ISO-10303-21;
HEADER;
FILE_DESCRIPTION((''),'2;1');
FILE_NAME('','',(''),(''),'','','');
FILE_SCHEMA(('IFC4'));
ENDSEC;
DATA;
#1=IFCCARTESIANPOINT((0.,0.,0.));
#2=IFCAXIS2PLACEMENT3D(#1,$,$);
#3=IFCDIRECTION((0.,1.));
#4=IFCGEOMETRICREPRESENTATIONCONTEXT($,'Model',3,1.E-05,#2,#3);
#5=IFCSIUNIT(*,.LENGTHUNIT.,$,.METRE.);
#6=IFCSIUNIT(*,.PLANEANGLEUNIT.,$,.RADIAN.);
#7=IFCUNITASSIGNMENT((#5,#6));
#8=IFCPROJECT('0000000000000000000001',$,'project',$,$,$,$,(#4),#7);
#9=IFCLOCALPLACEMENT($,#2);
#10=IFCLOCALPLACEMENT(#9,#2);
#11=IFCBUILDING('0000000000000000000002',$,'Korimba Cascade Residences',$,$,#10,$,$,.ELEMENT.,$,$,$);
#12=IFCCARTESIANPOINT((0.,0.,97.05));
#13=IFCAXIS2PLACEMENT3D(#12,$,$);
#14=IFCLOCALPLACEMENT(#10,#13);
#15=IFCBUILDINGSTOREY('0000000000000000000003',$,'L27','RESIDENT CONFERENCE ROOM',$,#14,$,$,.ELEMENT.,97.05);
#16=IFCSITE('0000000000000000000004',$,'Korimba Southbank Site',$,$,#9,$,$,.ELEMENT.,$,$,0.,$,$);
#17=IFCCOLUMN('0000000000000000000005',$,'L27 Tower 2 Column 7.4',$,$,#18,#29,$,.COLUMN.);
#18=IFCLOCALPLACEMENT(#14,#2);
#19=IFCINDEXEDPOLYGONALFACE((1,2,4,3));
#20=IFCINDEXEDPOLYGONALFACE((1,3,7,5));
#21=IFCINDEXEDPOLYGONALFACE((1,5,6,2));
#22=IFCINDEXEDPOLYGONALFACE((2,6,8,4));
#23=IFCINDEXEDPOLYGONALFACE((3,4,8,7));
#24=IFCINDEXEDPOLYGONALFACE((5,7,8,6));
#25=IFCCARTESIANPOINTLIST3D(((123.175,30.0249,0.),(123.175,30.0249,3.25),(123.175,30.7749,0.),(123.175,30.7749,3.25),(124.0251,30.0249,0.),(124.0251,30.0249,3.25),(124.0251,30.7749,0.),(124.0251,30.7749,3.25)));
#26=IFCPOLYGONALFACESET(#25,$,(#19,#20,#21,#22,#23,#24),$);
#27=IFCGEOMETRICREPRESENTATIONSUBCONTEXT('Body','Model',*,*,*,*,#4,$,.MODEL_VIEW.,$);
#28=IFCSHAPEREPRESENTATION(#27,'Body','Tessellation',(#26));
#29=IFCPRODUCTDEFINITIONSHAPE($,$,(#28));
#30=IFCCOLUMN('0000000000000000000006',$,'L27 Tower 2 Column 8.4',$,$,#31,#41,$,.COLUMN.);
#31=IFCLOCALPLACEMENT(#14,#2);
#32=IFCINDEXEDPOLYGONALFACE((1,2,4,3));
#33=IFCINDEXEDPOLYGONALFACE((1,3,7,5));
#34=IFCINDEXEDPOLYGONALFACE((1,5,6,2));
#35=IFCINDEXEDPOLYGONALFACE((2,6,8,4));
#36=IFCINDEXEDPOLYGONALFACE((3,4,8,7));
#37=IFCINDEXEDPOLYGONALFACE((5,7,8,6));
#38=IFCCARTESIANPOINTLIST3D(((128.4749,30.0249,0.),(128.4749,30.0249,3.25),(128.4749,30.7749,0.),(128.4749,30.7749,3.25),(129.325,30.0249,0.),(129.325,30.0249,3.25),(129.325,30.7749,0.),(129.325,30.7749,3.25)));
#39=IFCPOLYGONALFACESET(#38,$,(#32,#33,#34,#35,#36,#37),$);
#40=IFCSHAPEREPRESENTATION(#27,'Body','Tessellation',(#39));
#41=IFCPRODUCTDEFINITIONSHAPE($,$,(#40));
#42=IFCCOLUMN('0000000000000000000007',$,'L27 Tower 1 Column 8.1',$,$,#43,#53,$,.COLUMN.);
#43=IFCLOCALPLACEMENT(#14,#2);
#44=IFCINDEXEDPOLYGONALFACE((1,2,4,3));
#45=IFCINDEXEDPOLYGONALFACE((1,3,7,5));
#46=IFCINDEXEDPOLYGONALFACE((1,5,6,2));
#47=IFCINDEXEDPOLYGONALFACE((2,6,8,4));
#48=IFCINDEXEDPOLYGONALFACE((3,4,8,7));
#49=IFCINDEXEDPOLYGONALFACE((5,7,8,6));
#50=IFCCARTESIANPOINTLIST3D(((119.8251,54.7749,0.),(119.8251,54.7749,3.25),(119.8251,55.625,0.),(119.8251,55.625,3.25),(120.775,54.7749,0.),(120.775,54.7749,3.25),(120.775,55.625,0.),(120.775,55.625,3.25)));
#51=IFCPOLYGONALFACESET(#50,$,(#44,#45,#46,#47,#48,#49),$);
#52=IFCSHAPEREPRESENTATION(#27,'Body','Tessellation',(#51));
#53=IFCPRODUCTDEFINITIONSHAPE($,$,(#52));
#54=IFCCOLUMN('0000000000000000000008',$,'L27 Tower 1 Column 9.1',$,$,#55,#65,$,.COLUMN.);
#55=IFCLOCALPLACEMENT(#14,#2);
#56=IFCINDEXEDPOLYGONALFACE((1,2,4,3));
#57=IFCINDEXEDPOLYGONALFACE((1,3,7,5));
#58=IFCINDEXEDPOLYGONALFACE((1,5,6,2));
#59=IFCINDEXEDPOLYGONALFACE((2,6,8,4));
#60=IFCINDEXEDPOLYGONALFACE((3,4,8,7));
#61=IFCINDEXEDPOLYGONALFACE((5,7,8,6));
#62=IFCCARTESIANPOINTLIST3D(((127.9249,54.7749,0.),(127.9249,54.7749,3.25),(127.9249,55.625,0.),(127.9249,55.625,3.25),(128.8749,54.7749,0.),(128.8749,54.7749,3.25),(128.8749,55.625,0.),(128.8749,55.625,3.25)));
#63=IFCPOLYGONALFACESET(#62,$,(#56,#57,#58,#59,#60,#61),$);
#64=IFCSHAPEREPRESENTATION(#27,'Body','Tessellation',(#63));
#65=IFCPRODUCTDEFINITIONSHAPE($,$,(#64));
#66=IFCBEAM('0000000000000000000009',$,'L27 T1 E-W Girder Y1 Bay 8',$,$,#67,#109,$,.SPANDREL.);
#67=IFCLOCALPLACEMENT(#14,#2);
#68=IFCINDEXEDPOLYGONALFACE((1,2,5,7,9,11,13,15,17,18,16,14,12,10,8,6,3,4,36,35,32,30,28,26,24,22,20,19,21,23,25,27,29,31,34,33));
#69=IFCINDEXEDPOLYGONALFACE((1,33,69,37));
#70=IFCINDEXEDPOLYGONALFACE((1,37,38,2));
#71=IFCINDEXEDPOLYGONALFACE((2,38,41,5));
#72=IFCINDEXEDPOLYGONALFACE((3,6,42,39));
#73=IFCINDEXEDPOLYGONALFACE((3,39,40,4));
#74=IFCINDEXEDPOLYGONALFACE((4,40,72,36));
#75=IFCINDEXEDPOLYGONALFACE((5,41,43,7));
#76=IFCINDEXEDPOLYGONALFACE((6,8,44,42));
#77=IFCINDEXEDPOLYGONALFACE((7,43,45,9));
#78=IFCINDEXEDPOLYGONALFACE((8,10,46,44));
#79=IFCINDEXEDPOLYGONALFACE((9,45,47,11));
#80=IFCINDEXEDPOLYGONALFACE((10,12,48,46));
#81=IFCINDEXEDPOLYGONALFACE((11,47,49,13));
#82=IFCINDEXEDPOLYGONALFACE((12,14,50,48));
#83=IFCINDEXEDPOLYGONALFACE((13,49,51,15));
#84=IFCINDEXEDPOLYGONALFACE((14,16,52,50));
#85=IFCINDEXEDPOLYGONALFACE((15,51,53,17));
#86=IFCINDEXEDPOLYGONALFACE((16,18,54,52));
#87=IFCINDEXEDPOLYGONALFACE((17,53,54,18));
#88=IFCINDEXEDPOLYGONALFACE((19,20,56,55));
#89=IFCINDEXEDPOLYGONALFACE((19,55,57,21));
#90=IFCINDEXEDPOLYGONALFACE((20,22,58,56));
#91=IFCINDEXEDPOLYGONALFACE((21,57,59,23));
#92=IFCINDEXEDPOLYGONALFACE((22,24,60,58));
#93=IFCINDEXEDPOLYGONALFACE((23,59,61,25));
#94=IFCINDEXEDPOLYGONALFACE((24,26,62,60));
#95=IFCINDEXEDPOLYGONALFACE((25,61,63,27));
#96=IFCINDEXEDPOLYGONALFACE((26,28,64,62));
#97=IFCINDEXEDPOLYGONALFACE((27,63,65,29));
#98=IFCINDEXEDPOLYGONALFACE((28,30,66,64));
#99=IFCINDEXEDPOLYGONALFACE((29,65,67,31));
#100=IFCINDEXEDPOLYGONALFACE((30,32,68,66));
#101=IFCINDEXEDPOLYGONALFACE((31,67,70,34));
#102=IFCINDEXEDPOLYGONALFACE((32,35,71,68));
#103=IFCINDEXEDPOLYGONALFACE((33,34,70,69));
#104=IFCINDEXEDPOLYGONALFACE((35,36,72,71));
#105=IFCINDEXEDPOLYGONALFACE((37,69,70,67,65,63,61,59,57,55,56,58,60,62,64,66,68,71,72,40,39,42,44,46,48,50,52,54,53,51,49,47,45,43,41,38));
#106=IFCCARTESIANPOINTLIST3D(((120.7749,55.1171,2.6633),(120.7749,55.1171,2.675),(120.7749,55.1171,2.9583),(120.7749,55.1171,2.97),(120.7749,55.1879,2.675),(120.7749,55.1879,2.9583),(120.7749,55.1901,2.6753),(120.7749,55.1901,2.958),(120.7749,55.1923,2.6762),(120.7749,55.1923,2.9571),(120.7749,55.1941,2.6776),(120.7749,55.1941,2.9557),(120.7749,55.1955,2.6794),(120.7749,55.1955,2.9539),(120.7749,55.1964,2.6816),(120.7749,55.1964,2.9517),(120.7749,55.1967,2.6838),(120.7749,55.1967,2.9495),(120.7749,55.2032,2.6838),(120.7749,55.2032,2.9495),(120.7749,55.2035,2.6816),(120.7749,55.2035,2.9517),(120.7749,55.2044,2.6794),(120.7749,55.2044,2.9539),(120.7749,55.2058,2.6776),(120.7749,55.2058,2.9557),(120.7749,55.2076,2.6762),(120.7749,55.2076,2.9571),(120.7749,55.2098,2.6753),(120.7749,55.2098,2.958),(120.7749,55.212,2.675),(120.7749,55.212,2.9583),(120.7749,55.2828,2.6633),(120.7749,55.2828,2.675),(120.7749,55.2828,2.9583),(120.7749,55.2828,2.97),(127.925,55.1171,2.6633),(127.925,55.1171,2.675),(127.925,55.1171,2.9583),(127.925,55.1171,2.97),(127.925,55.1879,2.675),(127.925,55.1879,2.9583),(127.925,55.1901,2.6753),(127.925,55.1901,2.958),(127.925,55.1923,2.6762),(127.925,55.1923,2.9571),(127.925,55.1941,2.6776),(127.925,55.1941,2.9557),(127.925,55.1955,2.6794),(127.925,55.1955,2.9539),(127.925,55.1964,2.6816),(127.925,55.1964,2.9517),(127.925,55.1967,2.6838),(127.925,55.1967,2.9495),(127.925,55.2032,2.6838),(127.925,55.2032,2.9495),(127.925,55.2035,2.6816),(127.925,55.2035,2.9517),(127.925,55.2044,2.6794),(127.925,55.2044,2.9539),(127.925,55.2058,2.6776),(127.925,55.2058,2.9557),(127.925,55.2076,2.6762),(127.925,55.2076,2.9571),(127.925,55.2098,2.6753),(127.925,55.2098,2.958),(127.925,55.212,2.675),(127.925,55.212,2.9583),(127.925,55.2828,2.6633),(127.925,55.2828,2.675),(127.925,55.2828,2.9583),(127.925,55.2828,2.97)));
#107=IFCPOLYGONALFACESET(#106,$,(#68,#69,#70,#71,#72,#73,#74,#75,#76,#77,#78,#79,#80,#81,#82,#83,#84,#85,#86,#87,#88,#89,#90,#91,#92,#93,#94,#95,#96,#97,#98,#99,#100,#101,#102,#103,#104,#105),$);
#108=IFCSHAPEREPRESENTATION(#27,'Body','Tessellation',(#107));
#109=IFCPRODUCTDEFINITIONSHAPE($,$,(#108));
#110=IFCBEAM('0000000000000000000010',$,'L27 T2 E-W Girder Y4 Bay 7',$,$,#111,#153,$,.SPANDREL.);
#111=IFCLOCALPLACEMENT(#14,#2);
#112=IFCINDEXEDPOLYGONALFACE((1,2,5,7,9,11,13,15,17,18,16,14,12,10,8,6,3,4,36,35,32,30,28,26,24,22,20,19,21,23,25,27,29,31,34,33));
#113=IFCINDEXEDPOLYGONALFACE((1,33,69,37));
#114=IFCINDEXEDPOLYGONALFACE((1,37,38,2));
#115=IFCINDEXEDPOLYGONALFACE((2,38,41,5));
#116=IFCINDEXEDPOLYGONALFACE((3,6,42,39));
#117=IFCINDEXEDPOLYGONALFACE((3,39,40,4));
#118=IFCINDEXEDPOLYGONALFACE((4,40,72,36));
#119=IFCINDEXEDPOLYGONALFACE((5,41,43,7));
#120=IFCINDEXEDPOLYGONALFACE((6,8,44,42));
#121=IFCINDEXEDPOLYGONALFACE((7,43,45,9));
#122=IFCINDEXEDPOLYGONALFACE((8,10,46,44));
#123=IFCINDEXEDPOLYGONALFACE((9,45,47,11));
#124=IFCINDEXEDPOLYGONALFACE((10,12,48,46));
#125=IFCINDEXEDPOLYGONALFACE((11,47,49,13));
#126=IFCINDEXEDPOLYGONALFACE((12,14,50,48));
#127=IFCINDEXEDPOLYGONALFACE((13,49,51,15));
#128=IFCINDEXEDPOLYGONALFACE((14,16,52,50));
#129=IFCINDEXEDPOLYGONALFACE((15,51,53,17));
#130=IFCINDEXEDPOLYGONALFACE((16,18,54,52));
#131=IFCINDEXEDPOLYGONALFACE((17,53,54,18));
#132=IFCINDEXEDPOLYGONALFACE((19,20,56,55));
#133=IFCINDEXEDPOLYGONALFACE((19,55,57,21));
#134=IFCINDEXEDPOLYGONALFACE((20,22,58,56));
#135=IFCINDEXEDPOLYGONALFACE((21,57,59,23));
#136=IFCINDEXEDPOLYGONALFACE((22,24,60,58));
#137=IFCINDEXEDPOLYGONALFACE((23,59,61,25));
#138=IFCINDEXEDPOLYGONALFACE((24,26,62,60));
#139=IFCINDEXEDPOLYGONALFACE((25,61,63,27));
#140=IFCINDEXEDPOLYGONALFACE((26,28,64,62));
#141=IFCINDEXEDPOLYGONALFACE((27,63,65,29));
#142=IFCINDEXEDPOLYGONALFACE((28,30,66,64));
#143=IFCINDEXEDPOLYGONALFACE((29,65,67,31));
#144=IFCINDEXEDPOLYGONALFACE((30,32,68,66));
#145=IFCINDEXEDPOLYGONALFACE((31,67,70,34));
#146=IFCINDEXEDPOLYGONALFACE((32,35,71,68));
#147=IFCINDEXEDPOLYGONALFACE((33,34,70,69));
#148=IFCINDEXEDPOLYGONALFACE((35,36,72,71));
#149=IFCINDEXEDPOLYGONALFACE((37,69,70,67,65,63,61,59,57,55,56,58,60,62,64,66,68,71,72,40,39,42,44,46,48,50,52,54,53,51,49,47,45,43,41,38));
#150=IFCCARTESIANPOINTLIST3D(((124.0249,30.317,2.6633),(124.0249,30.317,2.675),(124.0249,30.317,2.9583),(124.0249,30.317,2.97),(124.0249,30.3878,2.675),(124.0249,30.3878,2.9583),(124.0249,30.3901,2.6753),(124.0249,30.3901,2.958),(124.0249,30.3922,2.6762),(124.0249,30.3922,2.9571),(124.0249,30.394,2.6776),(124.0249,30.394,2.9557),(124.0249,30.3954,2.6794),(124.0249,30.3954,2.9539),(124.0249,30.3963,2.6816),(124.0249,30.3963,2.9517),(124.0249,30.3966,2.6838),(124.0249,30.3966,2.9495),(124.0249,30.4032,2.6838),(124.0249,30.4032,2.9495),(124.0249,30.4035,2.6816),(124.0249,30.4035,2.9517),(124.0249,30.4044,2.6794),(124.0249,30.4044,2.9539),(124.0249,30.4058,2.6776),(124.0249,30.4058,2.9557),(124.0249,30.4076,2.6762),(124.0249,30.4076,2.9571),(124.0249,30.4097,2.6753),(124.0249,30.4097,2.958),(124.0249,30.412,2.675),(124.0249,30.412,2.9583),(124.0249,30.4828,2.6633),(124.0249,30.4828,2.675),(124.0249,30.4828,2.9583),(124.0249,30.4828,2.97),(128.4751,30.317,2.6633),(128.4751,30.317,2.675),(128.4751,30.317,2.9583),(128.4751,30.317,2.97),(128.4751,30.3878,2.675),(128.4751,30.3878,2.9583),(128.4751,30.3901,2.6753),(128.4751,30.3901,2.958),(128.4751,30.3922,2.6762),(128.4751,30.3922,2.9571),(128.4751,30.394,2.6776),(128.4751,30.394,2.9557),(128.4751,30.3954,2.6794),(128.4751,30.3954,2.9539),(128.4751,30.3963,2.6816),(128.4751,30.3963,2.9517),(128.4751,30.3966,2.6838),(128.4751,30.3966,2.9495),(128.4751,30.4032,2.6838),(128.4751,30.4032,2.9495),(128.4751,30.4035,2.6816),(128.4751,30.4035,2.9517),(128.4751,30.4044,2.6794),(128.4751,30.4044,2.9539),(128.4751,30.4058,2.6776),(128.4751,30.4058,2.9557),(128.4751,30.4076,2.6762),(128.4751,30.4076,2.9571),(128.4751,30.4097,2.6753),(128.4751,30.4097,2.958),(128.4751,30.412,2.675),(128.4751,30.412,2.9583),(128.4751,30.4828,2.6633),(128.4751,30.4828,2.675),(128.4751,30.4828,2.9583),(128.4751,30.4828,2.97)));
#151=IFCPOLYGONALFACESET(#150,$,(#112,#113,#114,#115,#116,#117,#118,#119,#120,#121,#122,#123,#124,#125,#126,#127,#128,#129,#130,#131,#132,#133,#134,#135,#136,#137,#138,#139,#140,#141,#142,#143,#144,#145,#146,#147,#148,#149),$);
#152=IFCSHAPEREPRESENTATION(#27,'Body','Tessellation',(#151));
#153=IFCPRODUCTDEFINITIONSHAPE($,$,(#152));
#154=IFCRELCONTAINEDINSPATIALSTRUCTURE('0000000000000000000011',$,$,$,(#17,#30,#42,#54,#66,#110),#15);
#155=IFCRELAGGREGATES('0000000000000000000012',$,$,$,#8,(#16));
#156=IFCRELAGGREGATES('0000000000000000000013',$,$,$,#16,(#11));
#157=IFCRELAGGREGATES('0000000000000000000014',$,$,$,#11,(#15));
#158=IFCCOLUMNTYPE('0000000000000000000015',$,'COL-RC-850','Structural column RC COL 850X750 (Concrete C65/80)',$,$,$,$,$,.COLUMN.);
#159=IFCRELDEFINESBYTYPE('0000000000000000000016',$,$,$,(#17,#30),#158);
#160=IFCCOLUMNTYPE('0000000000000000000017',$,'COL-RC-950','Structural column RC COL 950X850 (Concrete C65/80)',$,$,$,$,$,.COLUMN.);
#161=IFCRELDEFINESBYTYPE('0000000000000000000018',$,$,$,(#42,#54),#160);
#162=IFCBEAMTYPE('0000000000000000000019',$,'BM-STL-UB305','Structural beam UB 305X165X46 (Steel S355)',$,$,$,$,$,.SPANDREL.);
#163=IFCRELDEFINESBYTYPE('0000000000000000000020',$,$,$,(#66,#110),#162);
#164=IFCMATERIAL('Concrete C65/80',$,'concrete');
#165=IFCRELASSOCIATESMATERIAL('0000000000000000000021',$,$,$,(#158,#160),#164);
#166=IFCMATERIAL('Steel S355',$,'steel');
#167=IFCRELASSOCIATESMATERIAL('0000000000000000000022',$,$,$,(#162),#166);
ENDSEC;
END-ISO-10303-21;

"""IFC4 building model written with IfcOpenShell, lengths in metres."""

from ifc_helpers import new_model, si_unit, direction, frame, origin, origin_2d, place, context, subcontext, project, spatial, rectangle, i_section, extrude, material, material_profile, profile_set, type_object, element, save


model = new_model("IFC4")

# Units and contexts
model_context = context("Model", 3, precision=1e-05, world=origin(), true_north=direction((0.0, 1.0)))
body_context = subcontext(model_context, "Body", "Model", "MODEL_VIEW")
ifc_project = project(units=[si_unit("LENGTHUNIT", "METRE"), si_unit("PLANEANGLEUNIT", "RADIAN")], contexts=[model_context])

# Site, building, storey
site_placement = place(None, origin())
site = spatial("IfcSite", under=ifc_project, at=site_placement, Name="Korimba Southbank Site", CompositionType="ELEMENT", RefElevation=0.0)
building_placement = place(site_placement, origin())
building = spatial("IfcBuilding", under=site, at=building_placement, Name="Korimba Cascade Residences", CompositionType="ELEMENT")
storey_placement = place(building_placement, frame((0.0, 0.0, 97.05)))
storey = spatial("IfcBuildingStorey", under=building, at=storey_placement, Name="L27", Description="RESIDENT CONFERENCE ROOM", CompositionType="ELEMENT", Elevation=97.05)

# Columns
ifc_material_1 = material(Name="Concrete C65/80", Category="concrete")
ifc_material_profile_1 = material_profile(ifc_material_1, rectangle(XDim=0.8501, YDim=0.75, at=origin_2d()), Name="Concrete C65/80")
ifc_profile_set_1 = profile_set([ifc_material_profile_1], Name="Concrete C65/80")
column_type_1 = type_object("IfcColumnType", Name="COL-RC-850", Description="Structural column RC COL 850X750 (Concrete C65/80)", PredefinedType="COLUMN", material=ifc_profile_set_1)
for number, where, z_axis, x_axis, name in (
    (1, (123.6001, 30.3999, 0.0), (0.0, 0.0, 1.0), (1.0, 0.0, 0.0), "L27 Tower 2 Column 7.4"),
    (2, (128.8999, 30.3999, 0.0), (0.0, 0.0, 1.0), (1.0, 0.0, 0.0), "L27 Tower 2 Column 8.4"),
):
    element("IfcColumn", number, at=place(storey_placement, frame(where, z_axis=z_axis, x_axis=x_axis)), inside=storey, type_object=column_type_1, Name=name, PredefinedType="COLUMN", context=body_context, shape_type="SweptSolid", body=[
        extrude(rectangle(XDim=0.8501, YDim=0.75, at=origin_2d()), origin(), (0.0, 0.0, 1.0), 3.25),
    ])
ifc_material_profile_2 = material_profile(ifc_material_1, rectangle(XDim=0.95, YDim=0.8501, at=origin_2d()), Name="Concrete C65/80")
ifc_profile_set_2 = profile_set([ifc_material_profile_2], Name="Concrete C65/80")
column_type_2 = type_object("IfcColumnType", Name="COL-RC-950", Description="Structural column RC COL 950X850 (Concrete C65/80)", PredefinedType="COLUMN", material=ifc_profile_set_2)
for number, where, z_axis, x_axis, name in (
    (3, (120.3, 55.2, 0.0), (0.0, 0.0, 1.0), (1.0, 0.0, 0.0), "L27 Tower 1 Column 8.1"),
    (4, (128.3999, 55.2, 0.0), (0.0, 0.0, 1.0), (1.0, 0.0, 0.0), "L27 Tower 1 Column 9.1"),
):
    element("IfcColumn", number, at=place(storey_placement, frame(where, z_axis=z_axis, x_axis=x_axis)), inside=storey, type_object=column_type_2, Name=name, PredefinedType="COLUMN", context=body_context, shape_type="SweptSolid", body=[
        extrude(rectangle(XDim=0.95, YDim=0.8501, at=origin_2d()), origin(), (0.0, 0.0, 1.0), 3.25),
    ])

# Beams
ifc_material_2 = material(Name="Steel S355", Category="steel")
ifc_material_profile_3 = material_profile(ifc_material_2, i_section(OverallWidth=0.1658, OverallDepth=0.3066, WebThickness=0.0066, FlangeThickness=0.0117, FilletRadius=0.0088, at=origin_2d()), Name="Steel S355")
ifc_profile_set_3 = profile_set([ifc_material_profile_3], Name="Steel S355")
beam_type_1 = type_object("IfcBeamType", Name="BM-STL-UB305", Description="Structural beam UB 305X165X46 (Steel S355)", PredefinedType="SPANDREL", material=ifc_profile_set_3)
beam_1_placement = place(storey_placement, frame((120.7749, 55.2, 2.8167), z_axis=(1.0, 0.0, 0.0), x_axis=(0.0, 1.0, 0.0)))
element("IfcBeam", 5, at=beam_1_placement, inside=storey, type_object=beam_type_1, Name="L27 T1 E-W Girder Y1 Bay 8", PredefinedType="SPANDREL", context=body_context, shape_type="SweptSolid", body=[
    extrude(i_section(OverallWidth=0.1658, OverallDepth=0.3066, WebThickness=0.0066, FlangeThickness=0.0117, FilletRadius=0.0088, at=origin_2d()), origin(), (0.0, 0.0, 1.0), 7.1501),
])
beam_2_placement = place(storey_placement, frame((124.0249, 30.3999, 2.8167), z_axis=(1.0, 0.0, 0.0), x_axis=(0.0, 1.0, 0.0)))
element("IfcBeam", 6, at=beam_2_placement, inside=storey, type_object=beam_type_1, Name="L27 T2 E-W Girder Y4 Bay 7", PredefinedType="SPANDREL", context=body_context, shape_type="SweptSolid", body=[
    extrude(i_section(OverallWidth=0.1658, OverallDepth=0.3066, WebThickness=0.0066, FlangeThickness=0.0117, FilletRadius=0.0088, at=origin_2d()), origin(), (0.0, 0.0, 1.0), 4.4502),
])

save(model, "model.ifc")
